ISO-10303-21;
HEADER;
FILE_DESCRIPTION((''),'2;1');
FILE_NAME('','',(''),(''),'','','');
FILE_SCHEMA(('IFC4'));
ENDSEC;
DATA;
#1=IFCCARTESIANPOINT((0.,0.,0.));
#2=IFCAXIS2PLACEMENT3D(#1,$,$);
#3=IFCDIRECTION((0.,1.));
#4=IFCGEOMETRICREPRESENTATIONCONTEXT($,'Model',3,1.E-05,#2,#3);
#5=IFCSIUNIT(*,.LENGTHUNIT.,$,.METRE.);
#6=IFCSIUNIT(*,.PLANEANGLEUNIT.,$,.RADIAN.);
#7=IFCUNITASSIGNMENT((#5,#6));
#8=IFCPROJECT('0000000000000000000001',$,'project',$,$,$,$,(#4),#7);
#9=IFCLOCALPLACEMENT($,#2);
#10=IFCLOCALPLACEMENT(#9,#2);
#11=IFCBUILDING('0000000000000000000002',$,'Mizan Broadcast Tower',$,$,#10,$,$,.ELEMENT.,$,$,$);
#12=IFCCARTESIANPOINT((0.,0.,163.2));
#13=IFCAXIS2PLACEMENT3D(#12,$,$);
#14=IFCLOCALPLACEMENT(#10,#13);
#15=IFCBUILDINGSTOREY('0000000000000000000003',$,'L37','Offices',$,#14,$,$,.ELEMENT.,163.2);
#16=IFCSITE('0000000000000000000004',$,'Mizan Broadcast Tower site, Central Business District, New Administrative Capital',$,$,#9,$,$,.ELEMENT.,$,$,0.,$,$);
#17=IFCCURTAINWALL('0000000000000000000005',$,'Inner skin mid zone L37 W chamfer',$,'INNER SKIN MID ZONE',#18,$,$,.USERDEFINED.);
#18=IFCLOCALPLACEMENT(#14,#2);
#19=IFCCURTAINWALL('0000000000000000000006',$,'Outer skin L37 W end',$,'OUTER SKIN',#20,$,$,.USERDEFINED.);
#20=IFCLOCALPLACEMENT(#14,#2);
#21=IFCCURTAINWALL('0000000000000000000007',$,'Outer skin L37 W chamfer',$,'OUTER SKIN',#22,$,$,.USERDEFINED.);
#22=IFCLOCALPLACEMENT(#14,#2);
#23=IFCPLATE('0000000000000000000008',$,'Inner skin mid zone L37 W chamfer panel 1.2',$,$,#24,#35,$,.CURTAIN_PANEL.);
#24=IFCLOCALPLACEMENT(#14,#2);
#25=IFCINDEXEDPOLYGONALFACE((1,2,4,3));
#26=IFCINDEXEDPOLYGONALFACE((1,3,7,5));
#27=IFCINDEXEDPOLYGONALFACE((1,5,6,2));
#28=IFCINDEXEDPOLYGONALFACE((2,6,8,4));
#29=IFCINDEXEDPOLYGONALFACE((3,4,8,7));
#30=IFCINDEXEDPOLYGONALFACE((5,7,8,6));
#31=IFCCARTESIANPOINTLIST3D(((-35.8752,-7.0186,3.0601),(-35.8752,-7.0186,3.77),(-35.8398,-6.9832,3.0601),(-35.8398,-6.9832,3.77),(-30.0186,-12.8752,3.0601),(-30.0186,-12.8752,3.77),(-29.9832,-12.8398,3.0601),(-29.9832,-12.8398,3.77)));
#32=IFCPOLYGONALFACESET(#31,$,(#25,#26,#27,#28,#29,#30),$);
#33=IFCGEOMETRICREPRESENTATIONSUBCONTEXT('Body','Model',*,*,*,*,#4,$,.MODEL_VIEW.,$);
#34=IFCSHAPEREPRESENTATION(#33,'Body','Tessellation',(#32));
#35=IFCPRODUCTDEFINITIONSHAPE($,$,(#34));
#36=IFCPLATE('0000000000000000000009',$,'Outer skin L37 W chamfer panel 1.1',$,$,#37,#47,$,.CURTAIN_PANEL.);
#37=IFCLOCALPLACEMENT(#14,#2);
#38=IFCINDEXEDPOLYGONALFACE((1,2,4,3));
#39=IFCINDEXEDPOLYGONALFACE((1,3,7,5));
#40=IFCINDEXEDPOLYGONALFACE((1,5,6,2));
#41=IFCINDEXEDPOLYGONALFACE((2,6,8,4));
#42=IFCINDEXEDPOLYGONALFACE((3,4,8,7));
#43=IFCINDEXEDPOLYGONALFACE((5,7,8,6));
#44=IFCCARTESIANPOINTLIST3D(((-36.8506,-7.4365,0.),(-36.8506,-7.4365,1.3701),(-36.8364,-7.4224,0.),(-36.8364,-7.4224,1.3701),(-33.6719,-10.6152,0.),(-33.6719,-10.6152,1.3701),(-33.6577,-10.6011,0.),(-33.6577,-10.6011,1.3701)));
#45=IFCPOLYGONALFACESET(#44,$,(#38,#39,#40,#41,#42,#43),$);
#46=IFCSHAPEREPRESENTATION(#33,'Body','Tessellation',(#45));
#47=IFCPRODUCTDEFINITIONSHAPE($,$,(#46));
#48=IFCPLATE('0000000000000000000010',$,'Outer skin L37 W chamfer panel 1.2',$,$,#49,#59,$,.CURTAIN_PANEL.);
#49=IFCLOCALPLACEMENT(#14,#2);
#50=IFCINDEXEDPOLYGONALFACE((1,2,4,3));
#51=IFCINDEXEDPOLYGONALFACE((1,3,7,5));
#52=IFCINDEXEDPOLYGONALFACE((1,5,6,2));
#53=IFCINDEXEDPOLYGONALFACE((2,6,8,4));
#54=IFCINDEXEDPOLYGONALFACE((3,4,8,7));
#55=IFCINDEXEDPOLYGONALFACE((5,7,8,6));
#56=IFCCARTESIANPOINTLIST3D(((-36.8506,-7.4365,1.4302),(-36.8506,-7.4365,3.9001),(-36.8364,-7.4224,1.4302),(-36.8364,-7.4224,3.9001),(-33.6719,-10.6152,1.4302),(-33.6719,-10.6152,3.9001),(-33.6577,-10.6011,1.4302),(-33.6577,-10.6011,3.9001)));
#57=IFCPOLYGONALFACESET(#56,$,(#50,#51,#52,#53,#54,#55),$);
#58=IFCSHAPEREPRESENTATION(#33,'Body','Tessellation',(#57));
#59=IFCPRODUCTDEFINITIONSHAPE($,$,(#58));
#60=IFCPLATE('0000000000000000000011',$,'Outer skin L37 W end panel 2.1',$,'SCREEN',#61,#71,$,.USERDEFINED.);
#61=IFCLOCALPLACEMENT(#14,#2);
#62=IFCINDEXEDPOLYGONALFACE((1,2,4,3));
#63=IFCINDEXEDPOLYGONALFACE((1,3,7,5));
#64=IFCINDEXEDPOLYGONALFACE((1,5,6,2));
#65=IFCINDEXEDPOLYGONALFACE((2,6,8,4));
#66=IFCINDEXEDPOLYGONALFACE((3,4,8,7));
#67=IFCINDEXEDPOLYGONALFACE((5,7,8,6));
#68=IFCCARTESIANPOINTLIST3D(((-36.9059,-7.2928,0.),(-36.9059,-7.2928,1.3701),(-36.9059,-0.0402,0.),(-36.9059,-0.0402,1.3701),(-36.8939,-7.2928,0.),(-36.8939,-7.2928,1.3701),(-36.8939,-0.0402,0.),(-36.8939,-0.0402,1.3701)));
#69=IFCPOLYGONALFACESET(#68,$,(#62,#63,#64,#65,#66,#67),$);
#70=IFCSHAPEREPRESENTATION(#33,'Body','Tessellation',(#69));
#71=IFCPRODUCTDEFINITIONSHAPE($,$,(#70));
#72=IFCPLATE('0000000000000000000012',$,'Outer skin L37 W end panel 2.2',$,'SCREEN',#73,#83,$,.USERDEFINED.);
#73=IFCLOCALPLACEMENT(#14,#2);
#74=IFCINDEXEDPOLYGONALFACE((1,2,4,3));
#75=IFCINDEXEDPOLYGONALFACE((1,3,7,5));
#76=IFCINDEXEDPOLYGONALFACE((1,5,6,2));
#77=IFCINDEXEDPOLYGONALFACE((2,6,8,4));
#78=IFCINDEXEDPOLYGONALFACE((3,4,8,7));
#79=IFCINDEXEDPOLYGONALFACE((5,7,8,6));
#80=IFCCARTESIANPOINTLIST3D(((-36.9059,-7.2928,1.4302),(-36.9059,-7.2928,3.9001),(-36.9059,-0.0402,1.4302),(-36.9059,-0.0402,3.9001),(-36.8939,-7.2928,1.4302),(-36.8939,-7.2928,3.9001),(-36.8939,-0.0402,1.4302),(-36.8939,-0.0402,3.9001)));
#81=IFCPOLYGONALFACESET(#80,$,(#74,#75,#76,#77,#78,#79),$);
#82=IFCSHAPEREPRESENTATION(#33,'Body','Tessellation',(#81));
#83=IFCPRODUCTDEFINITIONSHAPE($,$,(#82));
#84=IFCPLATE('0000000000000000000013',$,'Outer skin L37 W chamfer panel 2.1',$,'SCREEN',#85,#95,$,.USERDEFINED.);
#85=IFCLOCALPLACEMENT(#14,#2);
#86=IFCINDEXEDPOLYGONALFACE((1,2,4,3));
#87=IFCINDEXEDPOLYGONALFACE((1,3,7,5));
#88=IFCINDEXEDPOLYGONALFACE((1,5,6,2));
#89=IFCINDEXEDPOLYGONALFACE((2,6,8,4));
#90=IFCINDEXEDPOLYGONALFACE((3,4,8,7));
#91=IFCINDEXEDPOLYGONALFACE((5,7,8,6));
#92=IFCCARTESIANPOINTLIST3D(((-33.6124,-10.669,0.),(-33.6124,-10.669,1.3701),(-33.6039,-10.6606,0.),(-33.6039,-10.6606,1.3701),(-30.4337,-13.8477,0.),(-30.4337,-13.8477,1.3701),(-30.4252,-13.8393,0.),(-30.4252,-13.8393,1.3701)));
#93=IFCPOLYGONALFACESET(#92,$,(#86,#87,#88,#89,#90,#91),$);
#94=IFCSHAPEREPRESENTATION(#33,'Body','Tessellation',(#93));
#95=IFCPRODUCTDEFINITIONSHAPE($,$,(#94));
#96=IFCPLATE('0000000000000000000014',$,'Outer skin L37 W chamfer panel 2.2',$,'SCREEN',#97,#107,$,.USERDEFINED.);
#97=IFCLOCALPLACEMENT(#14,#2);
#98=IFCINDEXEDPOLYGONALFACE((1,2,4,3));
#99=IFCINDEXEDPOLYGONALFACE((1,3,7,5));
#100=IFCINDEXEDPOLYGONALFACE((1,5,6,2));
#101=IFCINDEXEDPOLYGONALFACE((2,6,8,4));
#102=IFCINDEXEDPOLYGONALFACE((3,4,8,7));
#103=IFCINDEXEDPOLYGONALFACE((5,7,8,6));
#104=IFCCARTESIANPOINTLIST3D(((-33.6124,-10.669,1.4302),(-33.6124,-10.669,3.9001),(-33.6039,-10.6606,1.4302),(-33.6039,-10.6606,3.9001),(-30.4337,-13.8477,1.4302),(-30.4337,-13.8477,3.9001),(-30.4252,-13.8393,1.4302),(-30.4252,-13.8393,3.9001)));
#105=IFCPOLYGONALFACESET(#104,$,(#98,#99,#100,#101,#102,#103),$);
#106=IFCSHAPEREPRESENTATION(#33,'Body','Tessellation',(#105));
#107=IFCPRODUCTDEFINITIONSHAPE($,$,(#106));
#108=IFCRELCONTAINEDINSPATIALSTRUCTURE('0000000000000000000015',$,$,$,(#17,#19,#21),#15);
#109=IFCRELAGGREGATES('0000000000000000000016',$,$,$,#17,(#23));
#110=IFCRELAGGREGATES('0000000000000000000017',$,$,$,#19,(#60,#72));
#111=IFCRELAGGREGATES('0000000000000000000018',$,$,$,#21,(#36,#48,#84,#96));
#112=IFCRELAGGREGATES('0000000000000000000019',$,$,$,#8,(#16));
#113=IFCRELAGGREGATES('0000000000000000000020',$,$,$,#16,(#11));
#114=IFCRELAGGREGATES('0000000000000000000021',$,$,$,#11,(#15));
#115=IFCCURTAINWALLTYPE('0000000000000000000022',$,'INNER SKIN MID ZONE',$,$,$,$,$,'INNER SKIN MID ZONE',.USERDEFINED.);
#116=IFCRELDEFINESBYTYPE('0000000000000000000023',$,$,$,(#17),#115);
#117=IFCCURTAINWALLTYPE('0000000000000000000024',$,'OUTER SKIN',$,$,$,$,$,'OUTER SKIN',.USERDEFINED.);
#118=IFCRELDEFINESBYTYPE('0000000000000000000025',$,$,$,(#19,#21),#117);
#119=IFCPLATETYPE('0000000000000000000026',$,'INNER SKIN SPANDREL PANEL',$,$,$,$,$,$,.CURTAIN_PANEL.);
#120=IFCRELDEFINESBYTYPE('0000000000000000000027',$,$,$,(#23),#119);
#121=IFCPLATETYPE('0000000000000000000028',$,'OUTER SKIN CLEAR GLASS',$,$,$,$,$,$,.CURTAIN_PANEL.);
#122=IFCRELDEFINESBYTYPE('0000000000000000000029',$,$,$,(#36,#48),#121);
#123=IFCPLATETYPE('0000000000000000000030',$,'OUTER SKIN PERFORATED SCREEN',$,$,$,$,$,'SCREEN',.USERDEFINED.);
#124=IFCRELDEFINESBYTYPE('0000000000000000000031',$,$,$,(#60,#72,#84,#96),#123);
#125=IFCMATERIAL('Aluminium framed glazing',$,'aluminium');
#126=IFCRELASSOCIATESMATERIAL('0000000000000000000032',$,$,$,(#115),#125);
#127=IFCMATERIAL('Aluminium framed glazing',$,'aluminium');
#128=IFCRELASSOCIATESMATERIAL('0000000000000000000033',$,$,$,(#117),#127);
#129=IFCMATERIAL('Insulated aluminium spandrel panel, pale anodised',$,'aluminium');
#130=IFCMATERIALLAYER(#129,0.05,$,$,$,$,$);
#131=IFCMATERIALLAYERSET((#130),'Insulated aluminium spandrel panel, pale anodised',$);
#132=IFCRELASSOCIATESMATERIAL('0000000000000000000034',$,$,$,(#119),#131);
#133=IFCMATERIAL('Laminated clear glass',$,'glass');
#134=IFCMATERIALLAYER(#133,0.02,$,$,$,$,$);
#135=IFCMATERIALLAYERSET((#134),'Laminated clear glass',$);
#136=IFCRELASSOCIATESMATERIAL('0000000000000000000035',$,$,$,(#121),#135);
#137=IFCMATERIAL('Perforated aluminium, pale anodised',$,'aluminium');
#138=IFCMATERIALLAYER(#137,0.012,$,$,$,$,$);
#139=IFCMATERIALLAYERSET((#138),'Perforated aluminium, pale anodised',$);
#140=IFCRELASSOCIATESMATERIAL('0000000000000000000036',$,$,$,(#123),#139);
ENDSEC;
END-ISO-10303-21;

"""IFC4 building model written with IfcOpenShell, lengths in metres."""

from ifc_helpers import new_model, si_unit, direction, frame, origin, origin_2d, place, context, subcontext, project, spatial, rectangle, extrude, material, layer, layer_set, type_object, element, aggregate, save


model = new_model("IFC4")

# Units and contexts
model_context = context("Model", 3, precision=1e-05, world=origin(), true_north=direction((0.0, 1.0)))
body_context = subcontext(model_context, "Body", "Model", "MODEL_VIEW")
ifc_project = project(units=[si_unit("LENGTHUNIT", "METRE"), si_unit("PLANEANGLEUNIT", "RADIAN")], contexts=[model_context])

# Site, building, storey
site_placement = place(None, origin())
site = spatial("IfcSite", under=ifc_project, at=site_placement, Name="Mizan Broadcast Tower site, Central Business District, New Administrative Capital", CompositionType="ELEMENT", RefElevation=0.0)
building_placement = place(site_placement, origin())
building = spatial("IfcBuilding", under=site, at=building_placement, Name="Mizan Broadcast Tower", CompositionType="ELEMENT")
storey_placement = place(building_placement, frame((0.0, 0.0, 163.2)))
storey = spatial("IfcBuildingStorey", under=building, at=storey_placement, Name="L37", Description="Offices", CompositionType="ELEMENT", Elevation=163.2)

# Shared definitions
ifc_material_1 = material(Name="Aluminium framed glazing", Category="aluminium")
curtain_wall_type_1 = type_object("IfcCurtainWallType", Name="INNER SKIN MID ZONE", ElementType="INNER SKIN MID ZONE", PredefinedType="USERDEFINED", material=ifc_material_1)

# Curtain wall
curtain_wall_1_placement = place(storey_placement, origin())
curtain_wall_1 = element("IfcCurtainWall", 1, at=curtain_wall_1_placement, inside=storey, type_object=curtain_wall_type_1, Name="Inner skin mid zone L37 W chamfer", ObjectType="INNER SKIN MID ZONE", PredefinedType="USERDEFINED")

# Curtain walls
ifc_material_2 = material(Name="Aluminium framed glazing", Category="aluminium")
curtain_wall_type_2 = type_object("IfcCurtainWallType", Name="OUTER SKIN", ElementType="OUTER SKIN", PredefinedType="USERDEFINED", material=ifc_material_2)
curtain_wall_2_placement = place(storey_placement, origin())
curtain_wall_2 = element("IfcCurtainWall", 2, at=curtain_wall_2_placement, inside=storey, type_object=curtain_wall_type_2, Name="Outer skin L37 W end", ObjectType="OUTER SKIN", PredefinedType="USERDEFINED")
curtain_wall_3_placement = place(storey_placement, origin())
curtain_wall_3 = element("IfcCurtainWall", 3, at=curtain_wall_3_placement, inside=storey, type_object=curtain_wall_type_2, Name="Outer skin L37 W chamfer", ObjectType="OUTER SKIN", PredefinedType="USERDEFINED")

# Plates
ifc_material_3 = material(Name="Insulated aluminium spandrel panel, pale anodised", Category="aluminium")
ifc_layer_1 = layer(ifc_material_3, 0.05)
ifc_layer_set_1 = layer_set([ifc_layer_1], Name="Insulated aluminium spandrel panel, pale anodised")
plate_type_1 = type_object("IfcPlateType", Name="INNER SKIN SPANDREL PANEL", PredefinedType="CURTAIN_PANEL", material=ifc_layer_set_1)
plate_1_placement = place(storey_placement, frame((-32.9292, -9.9292, 3.0601), z_axis=(0.0, 0.0, 1.0), x_axis=(0.707107, -0.707107, 0.0)))
plate_1 = element("IfcPlate", 4, at=plate_1_placement, type_object=plate_type_1, Name="Inner skin mid zone L37 W chamfer panel 1.2", PredefinedType="CURTAIN_PANEL", context=body_context, shape_type="SweptSolid", body=[
    extrude(rectangle(XDim=8.2825, YDim=0.05, at=origin_2d()), origin(), (0.0, 0.0, 1.0), 0.71),
])
aggregate(curtain_wall_1, [plate_1])
ifc_material_4 = material(Name="Laminated clear glass", Category="glass")
ifc_layer_2 = layer(ifc_material_4, 0.02)
ifc_layer_set_2 = layer_set([ifc_layer_2], Name="Laminated clear glass")
plate_type_2 = type_object("IfcPlateType", Name="OUTER SKIN CLEAR GLASS", PredefinedType="CURTAIN_PANEL", material=ifc_layer_set_2)
plate_2_placement = place(storey_placement, frame((-35.2542, -9.0188, 0.0), z_axis=(0.0, 0.0, 1.0), x_axis=(0.707107, -0.707107, 0.0)))
plate_2 = element("IfcPlate", 5, at=plate_2_placement, type_object=plate_type_2, Name="Outer skin L37 W chamfer panel 1.1", PredefinedType="CURTAIN_PANEL", context=body_context, shape_type="SweptSolid", body=[
    extrude(rectangle(XDim=4.4954, YDim=0.02, at=origin_2d()), origin(), (0.0, 0.0, 1.0), 1.3701),
])
plate_3_placement = place(storey_placement, frame((-35.2542, -9.0188, 1.4302), z_axis=(0.0, 0.0, 1.0), x_axis=(0.707107, -0.707107, 0.0)))
plate_3 = element("IfcPlate", 6, at=plate_3_placement, type_object=plate_type_2, Name="Outer skin L37 W chamfer panel 1.2", PredefinedType="CURTAIN_PANEL", context=body_context, shape_type="SweptSolid", body=[
    extrude(rectangle(XDim=4.4954, YDim=0.02, at=origin_2d()), origin(), (0.0, 0.0, 1.0), 2.47),
])
ifc_material_5 = material(Name="Perforated aluminium, pale anodised", Category="aluminium")
ifc_layer_3 = layer(ifc_material_5, 0.012)
ifc_layer_set_3 = layer_set([ifc_layer_3], Name="Perforated aluminium, pale anodised")
plate_type_3 = type_object("IfcPlateType", Name="OUTER SKIN PERFORATED SCREEN", ElementType="SCREEN", PredefinedType="USERDEFINED", material=ifc_layer_set_3)
plate_4_placement = place(storey_placement, frame((-36.8999, -3.6665, 0.0), z_axis=(0.0, 0.0, 1.0), x_axis=(0.0, -1.0, 0.0)))
plate_4 = element("IfcPlate", 7, at=plate_4_placement, type_object=plate_type_3, Name="Outer skin L37 W end panel 2.1", ObjectType="SCREEN", PredefinedType="USERDEFINED", context=body_context, shape_type="SweptSolid", body=[
    extrude(rectangle(XDim=7.2527, YDim=0.012, at=origin_2d()), origin(), (0.0, 0.0, 1.0), 1.3701),
])
plate_5_placement = place(storey_placement, frame((-36.8999, -3.6665, 1.4302), z_axis=(0.0, 0.0, 1.0), x_axis=(0.0, -1.0, 0.0)))
plate_5 = element("IfcPlate", 8, at=plate_5_placement, type_object=plate_type_3, Name="Outer skin L37 W end panel 2.2", ObjectType="SCREEN", PredefinedType="USERDEFINED", context=body_context, shape_type="SweptSolid", body=[
    extrude(rectangle(XDim=7.2527, YDim=0.012, at=origin_2d()), origin(), (0.0, 0.0, 1.0), 2.47),
])
aggregate(curtain_wall_2, [plate_4, plate_5])
plate_6_placement = place(storey_placement, frame((-32.0188, -12.2542, 0.0), z_axis=(0.0, 0.0, 1.0), x_axis=(0.707107, -0.707107, 0.0)))
plate_6 = element("IfcPlate", 9, at=plate_6_placement, type_object=plate_type_3, Name="Outer skin L37 W chamfer panel 2.1", ObjectType="SCREEN", PredefinedType="USERDEFINED", context=body_context, shape_type="SweptSolid", body=[
    extrude(rectangle(XDim=4.4954, YDim=0.012, at=origin_2d()), origin(), (0.0, 0.0, 1.0), 1.3701),
])
plate_7_placement = place(storey_placement, frame((-32.0188, -12.2542, 1.4302), z_axis=(0.0, 0.0, 1.0), x_axis=(0.707107, -0.707107, 0.0)))
plate_7 = element("IfcPlate", 10, at=plate_7_placement, type_object=plate_type_3, Name="Outer skin L37 W chamfer panel 2.2", ObjectType="SCREEN", PredefinedType="USERDEFINED", context=body_context, shape_type="SweptSolid", body=[
    extrude(rectangle(XDim=4.4954, YDim=0.012, at=origin_2d()), origin(), (0.0, 0.0, 1.0), 2.47),
])
aggregate(curtain_wall_3, [plate_2, plate_3, plate_6, plate_7])

save(model, "model.ifc")
